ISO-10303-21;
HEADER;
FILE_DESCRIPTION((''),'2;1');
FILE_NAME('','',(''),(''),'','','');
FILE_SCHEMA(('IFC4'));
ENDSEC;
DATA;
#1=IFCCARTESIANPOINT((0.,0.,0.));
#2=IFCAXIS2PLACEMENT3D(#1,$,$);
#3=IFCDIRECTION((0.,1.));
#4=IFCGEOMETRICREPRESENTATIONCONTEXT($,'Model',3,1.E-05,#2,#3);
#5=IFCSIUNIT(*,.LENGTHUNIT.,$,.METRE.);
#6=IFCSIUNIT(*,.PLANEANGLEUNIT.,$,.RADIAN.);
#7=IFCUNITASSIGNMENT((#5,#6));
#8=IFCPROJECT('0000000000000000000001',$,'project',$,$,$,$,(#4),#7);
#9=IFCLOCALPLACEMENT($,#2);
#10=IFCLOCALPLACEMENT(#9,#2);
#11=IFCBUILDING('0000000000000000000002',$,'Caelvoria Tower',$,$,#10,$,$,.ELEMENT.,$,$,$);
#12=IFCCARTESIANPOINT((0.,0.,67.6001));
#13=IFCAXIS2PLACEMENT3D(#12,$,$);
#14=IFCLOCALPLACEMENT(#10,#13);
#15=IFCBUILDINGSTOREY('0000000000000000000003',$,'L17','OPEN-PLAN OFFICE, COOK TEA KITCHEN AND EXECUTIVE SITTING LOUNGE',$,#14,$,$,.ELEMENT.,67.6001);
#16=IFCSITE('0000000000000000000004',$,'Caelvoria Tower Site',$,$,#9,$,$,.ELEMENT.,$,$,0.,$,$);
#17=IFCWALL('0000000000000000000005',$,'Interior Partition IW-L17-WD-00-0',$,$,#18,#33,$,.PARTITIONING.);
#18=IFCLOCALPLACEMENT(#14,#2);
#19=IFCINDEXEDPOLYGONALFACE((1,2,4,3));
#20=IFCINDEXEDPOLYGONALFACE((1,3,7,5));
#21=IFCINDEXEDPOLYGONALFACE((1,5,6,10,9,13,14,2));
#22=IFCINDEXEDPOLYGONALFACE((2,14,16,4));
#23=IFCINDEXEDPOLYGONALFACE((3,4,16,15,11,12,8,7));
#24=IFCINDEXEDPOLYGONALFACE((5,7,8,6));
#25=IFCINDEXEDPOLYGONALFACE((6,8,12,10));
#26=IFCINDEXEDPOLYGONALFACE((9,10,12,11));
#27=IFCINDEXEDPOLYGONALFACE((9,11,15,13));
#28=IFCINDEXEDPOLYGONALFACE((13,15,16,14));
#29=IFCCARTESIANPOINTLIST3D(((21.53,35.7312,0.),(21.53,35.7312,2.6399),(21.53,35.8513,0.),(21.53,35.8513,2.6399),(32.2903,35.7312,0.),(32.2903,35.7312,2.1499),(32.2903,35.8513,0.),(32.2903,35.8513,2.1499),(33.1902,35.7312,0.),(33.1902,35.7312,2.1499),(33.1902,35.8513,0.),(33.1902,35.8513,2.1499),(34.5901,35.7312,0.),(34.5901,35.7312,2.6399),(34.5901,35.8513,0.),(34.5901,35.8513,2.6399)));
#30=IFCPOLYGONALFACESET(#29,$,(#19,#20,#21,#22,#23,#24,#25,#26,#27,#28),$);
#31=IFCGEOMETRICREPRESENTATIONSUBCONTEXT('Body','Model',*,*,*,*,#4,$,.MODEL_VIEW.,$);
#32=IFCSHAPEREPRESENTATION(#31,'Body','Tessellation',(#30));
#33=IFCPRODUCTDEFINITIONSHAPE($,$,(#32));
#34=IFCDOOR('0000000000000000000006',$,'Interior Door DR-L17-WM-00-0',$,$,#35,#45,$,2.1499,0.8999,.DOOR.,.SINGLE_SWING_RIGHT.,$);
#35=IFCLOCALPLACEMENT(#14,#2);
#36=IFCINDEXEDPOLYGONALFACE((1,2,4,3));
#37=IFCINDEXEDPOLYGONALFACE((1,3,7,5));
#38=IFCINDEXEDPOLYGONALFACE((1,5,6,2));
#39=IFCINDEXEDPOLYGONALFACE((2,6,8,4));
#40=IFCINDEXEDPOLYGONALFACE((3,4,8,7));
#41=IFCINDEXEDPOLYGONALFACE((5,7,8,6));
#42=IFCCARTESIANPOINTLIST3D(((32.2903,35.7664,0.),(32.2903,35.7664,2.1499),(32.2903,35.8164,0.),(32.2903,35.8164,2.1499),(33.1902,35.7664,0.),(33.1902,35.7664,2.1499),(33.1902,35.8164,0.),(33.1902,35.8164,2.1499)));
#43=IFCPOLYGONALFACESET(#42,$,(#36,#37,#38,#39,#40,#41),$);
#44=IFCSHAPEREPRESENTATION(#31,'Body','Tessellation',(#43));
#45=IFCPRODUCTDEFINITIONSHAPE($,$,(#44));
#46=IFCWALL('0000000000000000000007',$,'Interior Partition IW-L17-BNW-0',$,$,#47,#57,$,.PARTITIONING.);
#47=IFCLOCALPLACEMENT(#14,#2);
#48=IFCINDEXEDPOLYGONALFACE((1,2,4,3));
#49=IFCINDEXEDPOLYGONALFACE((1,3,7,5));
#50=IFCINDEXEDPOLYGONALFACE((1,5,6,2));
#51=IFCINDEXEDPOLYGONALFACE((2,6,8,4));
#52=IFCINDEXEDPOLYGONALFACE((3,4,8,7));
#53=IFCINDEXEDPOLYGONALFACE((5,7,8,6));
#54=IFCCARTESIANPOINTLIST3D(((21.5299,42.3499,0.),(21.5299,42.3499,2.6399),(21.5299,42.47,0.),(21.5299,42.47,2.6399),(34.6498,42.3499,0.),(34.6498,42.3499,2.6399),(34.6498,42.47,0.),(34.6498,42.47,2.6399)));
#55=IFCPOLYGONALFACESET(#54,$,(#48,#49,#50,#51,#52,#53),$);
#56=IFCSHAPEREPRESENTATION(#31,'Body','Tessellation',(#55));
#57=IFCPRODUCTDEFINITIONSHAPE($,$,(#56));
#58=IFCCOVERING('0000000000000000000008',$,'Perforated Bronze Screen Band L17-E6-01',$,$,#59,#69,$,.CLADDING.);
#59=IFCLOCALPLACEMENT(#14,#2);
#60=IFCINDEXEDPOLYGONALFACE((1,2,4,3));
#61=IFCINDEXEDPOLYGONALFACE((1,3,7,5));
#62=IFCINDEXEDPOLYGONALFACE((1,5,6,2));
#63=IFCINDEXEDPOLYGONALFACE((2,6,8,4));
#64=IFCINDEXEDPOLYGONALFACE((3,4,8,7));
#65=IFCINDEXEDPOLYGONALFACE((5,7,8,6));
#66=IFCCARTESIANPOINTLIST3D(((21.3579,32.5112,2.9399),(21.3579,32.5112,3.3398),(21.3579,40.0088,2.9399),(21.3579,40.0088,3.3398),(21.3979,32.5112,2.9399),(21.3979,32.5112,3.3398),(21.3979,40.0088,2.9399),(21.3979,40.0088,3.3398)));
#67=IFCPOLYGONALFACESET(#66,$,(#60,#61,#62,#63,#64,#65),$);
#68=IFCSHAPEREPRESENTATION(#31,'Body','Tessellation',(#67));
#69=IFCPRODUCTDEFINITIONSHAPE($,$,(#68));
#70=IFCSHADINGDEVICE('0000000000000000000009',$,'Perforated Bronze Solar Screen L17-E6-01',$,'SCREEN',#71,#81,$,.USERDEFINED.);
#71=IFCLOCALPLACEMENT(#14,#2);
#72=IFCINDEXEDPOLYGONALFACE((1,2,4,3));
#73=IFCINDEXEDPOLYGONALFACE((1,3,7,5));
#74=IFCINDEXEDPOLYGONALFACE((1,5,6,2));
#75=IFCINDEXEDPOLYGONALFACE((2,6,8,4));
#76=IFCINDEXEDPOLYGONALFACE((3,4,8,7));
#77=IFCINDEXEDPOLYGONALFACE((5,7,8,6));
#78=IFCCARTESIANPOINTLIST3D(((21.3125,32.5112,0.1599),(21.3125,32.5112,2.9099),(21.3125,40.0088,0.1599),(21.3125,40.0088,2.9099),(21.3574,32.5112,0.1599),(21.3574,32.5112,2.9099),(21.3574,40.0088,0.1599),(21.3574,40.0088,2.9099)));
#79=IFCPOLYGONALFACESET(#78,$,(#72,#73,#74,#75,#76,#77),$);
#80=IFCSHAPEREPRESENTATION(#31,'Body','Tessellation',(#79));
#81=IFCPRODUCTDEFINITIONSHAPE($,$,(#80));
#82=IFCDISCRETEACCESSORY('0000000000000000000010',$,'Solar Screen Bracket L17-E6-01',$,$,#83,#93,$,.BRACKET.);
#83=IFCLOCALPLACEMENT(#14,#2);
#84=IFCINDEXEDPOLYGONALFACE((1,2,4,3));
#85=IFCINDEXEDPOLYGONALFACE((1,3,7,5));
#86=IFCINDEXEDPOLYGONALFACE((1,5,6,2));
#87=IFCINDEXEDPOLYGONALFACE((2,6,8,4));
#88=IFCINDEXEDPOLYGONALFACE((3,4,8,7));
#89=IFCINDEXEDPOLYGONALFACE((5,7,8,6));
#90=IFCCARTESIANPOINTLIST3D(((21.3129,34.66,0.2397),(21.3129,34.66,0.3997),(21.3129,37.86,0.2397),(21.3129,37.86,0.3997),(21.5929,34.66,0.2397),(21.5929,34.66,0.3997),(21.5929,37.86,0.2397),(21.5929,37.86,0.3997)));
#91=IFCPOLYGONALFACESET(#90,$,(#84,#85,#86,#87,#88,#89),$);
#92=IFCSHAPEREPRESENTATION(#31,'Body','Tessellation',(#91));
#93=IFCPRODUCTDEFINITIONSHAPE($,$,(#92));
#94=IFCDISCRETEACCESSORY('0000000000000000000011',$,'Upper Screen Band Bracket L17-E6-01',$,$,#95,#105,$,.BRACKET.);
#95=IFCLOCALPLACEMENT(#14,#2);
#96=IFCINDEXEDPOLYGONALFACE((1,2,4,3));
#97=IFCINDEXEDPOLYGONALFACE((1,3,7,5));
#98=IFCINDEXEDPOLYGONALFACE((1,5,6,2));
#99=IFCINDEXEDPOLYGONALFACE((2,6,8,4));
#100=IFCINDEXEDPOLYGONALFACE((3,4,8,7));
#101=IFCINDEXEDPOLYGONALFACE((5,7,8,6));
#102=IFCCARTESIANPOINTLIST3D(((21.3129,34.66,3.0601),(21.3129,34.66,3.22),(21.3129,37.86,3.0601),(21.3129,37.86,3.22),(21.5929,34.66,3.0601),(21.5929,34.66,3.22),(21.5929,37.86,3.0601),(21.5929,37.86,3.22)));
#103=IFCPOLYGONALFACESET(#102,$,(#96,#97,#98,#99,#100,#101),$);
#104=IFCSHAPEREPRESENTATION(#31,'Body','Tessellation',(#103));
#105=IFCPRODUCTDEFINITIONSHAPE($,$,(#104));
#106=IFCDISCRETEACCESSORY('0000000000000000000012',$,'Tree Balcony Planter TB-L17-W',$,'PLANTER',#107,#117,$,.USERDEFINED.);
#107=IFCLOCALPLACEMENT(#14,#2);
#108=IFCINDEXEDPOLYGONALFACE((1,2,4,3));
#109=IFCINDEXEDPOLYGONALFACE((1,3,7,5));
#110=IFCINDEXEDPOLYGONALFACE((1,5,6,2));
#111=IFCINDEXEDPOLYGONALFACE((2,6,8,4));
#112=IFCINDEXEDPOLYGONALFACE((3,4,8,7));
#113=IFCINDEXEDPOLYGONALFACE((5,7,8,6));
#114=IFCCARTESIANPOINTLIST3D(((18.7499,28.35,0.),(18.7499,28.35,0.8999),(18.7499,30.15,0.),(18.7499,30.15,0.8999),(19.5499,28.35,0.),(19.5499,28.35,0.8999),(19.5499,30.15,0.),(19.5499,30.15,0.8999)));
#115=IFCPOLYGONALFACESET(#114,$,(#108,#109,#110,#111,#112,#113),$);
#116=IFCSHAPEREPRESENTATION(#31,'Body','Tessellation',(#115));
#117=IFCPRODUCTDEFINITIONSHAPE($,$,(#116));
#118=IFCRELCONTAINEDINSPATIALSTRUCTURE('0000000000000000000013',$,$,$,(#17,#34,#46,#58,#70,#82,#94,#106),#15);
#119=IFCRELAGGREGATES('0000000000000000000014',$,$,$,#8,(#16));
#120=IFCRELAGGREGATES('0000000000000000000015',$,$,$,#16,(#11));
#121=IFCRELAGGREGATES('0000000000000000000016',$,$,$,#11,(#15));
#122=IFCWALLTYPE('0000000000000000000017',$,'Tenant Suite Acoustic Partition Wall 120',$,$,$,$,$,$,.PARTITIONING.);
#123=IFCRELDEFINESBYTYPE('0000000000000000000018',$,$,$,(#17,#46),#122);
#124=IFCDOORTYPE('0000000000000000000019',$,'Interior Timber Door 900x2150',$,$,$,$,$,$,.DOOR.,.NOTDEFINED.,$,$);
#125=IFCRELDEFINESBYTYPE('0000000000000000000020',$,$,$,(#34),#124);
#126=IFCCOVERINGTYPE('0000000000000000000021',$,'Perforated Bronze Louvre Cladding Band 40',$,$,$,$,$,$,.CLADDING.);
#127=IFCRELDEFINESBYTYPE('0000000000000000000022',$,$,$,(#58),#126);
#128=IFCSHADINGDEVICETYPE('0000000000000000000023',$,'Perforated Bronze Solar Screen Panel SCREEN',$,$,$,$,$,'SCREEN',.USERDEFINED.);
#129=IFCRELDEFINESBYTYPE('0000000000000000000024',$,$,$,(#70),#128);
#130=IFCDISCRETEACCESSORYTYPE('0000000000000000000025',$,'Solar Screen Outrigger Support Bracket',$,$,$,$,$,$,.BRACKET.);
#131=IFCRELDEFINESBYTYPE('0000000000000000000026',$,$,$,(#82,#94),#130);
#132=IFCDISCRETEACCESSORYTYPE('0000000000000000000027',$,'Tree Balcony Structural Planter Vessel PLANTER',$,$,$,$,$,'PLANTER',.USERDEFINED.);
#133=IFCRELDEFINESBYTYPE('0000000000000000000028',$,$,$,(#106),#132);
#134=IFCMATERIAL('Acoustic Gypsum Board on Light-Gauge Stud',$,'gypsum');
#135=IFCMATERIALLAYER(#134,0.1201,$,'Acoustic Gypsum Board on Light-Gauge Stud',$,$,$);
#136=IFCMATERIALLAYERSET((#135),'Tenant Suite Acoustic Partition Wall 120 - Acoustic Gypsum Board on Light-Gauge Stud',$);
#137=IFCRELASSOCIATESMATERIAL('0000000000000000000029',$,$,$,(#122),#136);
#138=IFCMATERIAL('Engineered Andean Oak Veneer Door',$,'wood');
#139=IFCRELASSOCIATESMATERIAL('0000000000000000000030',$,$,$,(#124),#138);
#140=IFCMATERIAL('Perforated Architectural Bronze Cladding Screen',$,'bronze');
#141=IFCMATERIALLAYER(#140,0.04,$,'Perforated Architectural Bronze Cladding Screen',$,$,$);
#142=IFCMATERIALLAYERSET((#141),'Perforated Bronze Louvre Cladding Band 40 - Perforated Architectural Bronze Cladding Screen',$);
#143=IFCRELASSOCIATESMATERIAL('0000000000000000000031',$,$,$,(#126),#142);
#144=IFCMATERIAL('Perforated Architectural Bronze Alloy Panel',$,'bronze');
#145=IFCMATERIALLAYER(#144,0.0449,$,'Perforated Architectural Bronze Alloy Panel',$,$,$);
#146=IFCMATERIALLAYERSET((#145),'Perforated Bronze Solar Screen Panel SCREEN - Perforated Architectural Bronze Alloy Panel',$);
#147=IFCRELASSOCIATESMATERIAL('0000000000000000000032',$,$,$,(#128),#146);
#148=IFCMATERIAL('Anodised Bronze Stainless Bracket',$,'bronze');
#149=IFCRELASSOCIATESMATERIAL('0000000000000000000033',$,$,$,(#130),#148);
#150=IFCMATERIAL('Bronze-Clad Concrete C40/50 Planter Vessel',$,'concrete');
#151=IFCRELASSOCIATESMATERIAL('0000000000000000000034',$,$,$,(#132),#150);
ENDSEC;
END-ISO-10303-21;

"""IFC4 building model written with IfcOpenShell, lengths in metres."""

from ifc_helpers import new_model, si_unit, direction, frame, frame_2d, origin, origin_2d, place, context, subcontext, project, spatial, rectangle, extrude, material, layer, layer_set, type_object, element, fill, save


model = new_model("IFC4")

# Units and contexts
model_context = context("Model", 3, precision=1e-05, world=origin(), true_north=direction((0.0, 1.0)))
body_context = subcontext(model_context, "Body", "Model", "MODEL_VIEW")
ifc_project = project(units=[si_unit("LENGTHUNIT", "METRE"), si_unit("PLANEANGLEUNIT", "RADIAN")], contexts=[model_context])

# Site, building, storey
site_placement = place(None, origin())
site = spatial("IfcSite", under=ifc_project, at=site_placement, Name="Caelvoria Tower Site", CompositionType="ELEMENT", RefElevation=0.0)
building_placement = place(site_placement, origin())
building = spatial("IfcBuilding", under=site, at=building_placement, Name="Caelvoria Tower", CompositionType="ELEMENT")
storey_placement = place(building_placement, frame((0.0, 0.0, 67.6001)))
storey = spatial("IfcBuildingStorey", under=building, at=storey_placement, Name="L17", Description="OPEN-PLAN OFFICE, COOK TEA KITCHEN AND EXECUTIVE SITTING LOUNGE", CompositionType="ELEMENT", Elevation=67.6001)

# Shared definitions
ifc_material_1 = material(Name="Acoustic Gypsum Board on Light-Gauge Stud", Category="gypsum")
ifc_layer_1 = layer(ifc_material_1, 0.1201, Name="Acoustic Gypsum Board on Light-Gauge Stud")
ifc_layer_set_1 = layer_set([ifc_layer_1], Name="Tenant Suite Acoustic Partition Wall 120 - Acoustic Gypsum Board on Light-Gauge Stud")
wall_type_1 = type_object("IfcWallType", Name="Tenant Suite Acoustic Partition Wall 120", PredefinedType="PARTITIONING", material=ifc_layer_set_1)
ifc_material_2 = material(Name="Engineered Andean Oak Veneer Door", Category="wood")

# Wall, opening, door
wall_1_placement = place(storey_placement, frame((34.5901, 35.7913, 0.0), z_axis=(0.0, 0.0, 1.0), x_axis=(-1.0, 0.0, 0.0)))
wall_1 = element("IfcWall", 1, at=wall_1_placement, inside=storey, type_object=wall_type_1, Name="Interior Partition IW-L17-WD-00-0", PredefinedType="PARTITIONING", context=body_context, shape_type="SweptSolid", body=[
    extrude(rectangle(XDim=13.0601, YDim=0.1201, at=frame_2d((6.53, 0.0))), origin(), (0.0, 0.0, 1.0), 2.6399),
])
opening_1_placement = place(wall_1_placement, frame((1.3999, 0.0, 0.0)))
opening_1 = element("IfcOpeningElement", 2, at=opening_1_placement, cuts=wall_1, PredefinedType="OPENING", context=body_context, shape_type="SweptSolid", body=[
    extrude(rectangle(XDim=0.8999, YDim=2.1499, at=frame_2d((0.45, 1.075))), frame((0.0, 0.0701, 0.0), z_axis=(0.0, -1.0, 0.0), x_axis=(1.0, 0.0, 0.0)), (0.0, 0.0, 1.0), 0.1401),
])
door_type_1 = type_object("IfcDoorType", Name="Interior Timber Door 900x2150", OperationType="NOTDEFINED", PredefinedType="DOOR", material=ifc_material_2)
door_1_placement = place(opening_1_placement, origin())
door_1 = element("IfcDoor", 3, at=door_1_placement, inside=storey, type_object=door_type_1, Name="Interior Door DR-L17-WM-00-0", OperationType="SINGLE_SWING_RIGHT", OverallHeight=2.1499, OverallWidth=0.8999, PredefinedType="DOOR", context=body_context, shape_type="SweptSolid", body=[
    extrude(rectangle(XDim=0.8999, YDim=2.1499, at=frame_2d((0.45, 1.075))), frame((0.0, 0.0249, 0.0), z_axis=(0.0, -1.0, 0.0), x_axis=(1.0, 0.0, 0.0)), (0.0, 0.0, 1.0), 0.05),
])
fill(opening_1, door_1)

# Wall
wall_2_placement = place(storey_placement, frame((34.6499, 42.4099, 0.0), z_axis=(0.0, 0.0, 1.0), x_axis=(-1.0, 0.0, 0.0)))
element("IfcWall", 4, at=wall_2_placement, inside=storey, type_object=wall_type_1, Name="Interior Partition IW-L17-BNW-0", PredefinedType="PARTITIONING", context=body_context, shape_type="SweptSolid", body=[
    extrude(rectangle(XDim=13.1199, YDim=0.1201, at=frame_2d((6.5601, 0.0))), origin(), (0.0, 0.0, 1.0), 2.6399),
])

# Covering
ifc_material_3 = material(Name="Perforated Architectural Bronze Cladding Screen", Category="bronze")
ifc_layer_2 = layer(ifc_material_3, 0.04, Name="Perforated Architectural Bronze Cladding Screen")
ifc_layer_set_2 = layer_set([ifc_layer_2], Name="Perforated Bronze Louvre Cladding Band 40 - Perforated Architectural Bronze Cladding Screen")
covering_type = type_object("IfcCoveringType", Name="Perforated Bronze Louvre Cladding Band 40", PredefinedType="CLADDING", material=ifc_layer_set_2)
covering_placement = place(storey_placement, frame((21.3779, 36.26, 2.9399), z_axis=(0.0, 0.0, 1.0), x_axis=(0.0, -1.0, 0.0)))
element("IfcCovering", 5, at=covering_placement, inside=storey, type_object=covering_type, Name="Perforated Bronze Screen Band L17-E6-01", PredefinedType="CLADDING", context=body_context, shape_type="SweptSolid", body=[
    extrude(rectangle(XDim=7.4976, YDim=0.04, at=origin_2d()), origin(), (0.0, 0.0, 1.0), 0.3999),
])

# Shading device
ifc_material_4 = material(Name="Perforated Architectural Bronze Alloy Panel", Category="bronze")
ifc_layer_3 = layer(ifc_material_4, 0.0449, Name="Perforated Architectural Bronze Alloy Panel")
ifc_layer_set_3 = layer_set([ifc_layer_3], Name="Perforated Bronze Solar Screen Panel SCREEN - Perforated Architectural Bronze Alloy Panel")
shading_device_type = type_object("IfcShadingDeviceType", Name="Perforated Bronze Solar Screen Panel SCREEN", ElementType="SCREEN", PredefinedType="USERDEFINED", material=ifc_layer_set_3)
shading_device_placement = place(storey_placement, frame((21.335, 36.26, 0.1599), z_axis=(0.0, 0.0, 1.0), x_axis=(0.0, -1.0, 0.0)))
element("IfcShadingDevice", 6, at=shading_device_placement, inside=storey, type_object=shading_device_type, Name="Perforated Bronze Solar Screen L17-E6-01", ObjectType="SCREEN", PredefinedType="USERDEFINED", context=body_context, shape_type="SweptSolid", body=[
    extrude(rectangle(XDim=7.4976, YDim=0.0449, at=origin_2d()), origin(), (0.0, 0.0, 1.0), 2.75),
])

# Discrete accessories
ifc_material_5 = material(Name="Anodised Bronze Stainless Bracket", Category="bronze")
discrete_accessory_type_1 = type_object("IfcDiscreteAccessoryType", Name="Solar Screen Outrigger Support Bracket", PredefinedType="BRACKET", material=ifc_material_5)
for number, where, z_axis, x_axis, name in (
    (7, (21.4529, 36.26, 0.2397), (0.0, 0.0, 1.0), (0.0, -1.0, 0.0), "Solar Screen Bracket L17-E6-01"),
    (8, (21.4529, 36.26, 3.0601), (0.0, 0.0, 1.0), (0.0, -1.0, 0.0), "Upper Screen Band Bracket L17-E6-01"),
):
    element("IfcDiscreteAccessory", number, at=place(storey_placement, frame(where, z_axis=z_axis, x_axis=x_axis)), inside=storey, type_object=discrete_accessory_type_1, Name=name, PredefinedType="BRACKET", context=body_context, shape_type="SweptSolid", body=[
        extrude(rectangle(XDim=3.2, YDim=0.28, at=origin_2d()), origin(), (0.0, 0.0, 1.0), 0.1599),
    ])
ifc_material_6 = material(Name="Bronze-Clad Concrete C40/50 Planter Vessel", Category="concrete")
discrete_accessory_type_2 = type_object("IfcDiscreteAccessoryType", Name="Tree Balcony Structural Planter Vessel PLANTER", ElementType="PLANTER", PredefinedType="USERDEFINED", material=ifc_material_6)
discrete_accessory_placement = place(storey_placement, frame((19.1499, 29.25, 0.0), z_axis=(0.0, 0.0, 1.0), x_axis=(0.0, 1.0, 0.0)))
element("IfcDiscreteAccessory", 9, at=discrete_accessory_placement, inside=storey, type_object=discrete_accessory_type_2, Name="Tree Balcony Planter TB-L17-W", ObjectType="PLANTER", PredefinedType="USERDEFINED", context=body_context, shape_type="SweptSolid", body=[
    extrude(rectangle(XDim=1.8, YDim=0.8, at=origin_2d()), origin(), (0.0, 0.0, 1.0), 0.8999),
])

save(model, "model.ifc")
